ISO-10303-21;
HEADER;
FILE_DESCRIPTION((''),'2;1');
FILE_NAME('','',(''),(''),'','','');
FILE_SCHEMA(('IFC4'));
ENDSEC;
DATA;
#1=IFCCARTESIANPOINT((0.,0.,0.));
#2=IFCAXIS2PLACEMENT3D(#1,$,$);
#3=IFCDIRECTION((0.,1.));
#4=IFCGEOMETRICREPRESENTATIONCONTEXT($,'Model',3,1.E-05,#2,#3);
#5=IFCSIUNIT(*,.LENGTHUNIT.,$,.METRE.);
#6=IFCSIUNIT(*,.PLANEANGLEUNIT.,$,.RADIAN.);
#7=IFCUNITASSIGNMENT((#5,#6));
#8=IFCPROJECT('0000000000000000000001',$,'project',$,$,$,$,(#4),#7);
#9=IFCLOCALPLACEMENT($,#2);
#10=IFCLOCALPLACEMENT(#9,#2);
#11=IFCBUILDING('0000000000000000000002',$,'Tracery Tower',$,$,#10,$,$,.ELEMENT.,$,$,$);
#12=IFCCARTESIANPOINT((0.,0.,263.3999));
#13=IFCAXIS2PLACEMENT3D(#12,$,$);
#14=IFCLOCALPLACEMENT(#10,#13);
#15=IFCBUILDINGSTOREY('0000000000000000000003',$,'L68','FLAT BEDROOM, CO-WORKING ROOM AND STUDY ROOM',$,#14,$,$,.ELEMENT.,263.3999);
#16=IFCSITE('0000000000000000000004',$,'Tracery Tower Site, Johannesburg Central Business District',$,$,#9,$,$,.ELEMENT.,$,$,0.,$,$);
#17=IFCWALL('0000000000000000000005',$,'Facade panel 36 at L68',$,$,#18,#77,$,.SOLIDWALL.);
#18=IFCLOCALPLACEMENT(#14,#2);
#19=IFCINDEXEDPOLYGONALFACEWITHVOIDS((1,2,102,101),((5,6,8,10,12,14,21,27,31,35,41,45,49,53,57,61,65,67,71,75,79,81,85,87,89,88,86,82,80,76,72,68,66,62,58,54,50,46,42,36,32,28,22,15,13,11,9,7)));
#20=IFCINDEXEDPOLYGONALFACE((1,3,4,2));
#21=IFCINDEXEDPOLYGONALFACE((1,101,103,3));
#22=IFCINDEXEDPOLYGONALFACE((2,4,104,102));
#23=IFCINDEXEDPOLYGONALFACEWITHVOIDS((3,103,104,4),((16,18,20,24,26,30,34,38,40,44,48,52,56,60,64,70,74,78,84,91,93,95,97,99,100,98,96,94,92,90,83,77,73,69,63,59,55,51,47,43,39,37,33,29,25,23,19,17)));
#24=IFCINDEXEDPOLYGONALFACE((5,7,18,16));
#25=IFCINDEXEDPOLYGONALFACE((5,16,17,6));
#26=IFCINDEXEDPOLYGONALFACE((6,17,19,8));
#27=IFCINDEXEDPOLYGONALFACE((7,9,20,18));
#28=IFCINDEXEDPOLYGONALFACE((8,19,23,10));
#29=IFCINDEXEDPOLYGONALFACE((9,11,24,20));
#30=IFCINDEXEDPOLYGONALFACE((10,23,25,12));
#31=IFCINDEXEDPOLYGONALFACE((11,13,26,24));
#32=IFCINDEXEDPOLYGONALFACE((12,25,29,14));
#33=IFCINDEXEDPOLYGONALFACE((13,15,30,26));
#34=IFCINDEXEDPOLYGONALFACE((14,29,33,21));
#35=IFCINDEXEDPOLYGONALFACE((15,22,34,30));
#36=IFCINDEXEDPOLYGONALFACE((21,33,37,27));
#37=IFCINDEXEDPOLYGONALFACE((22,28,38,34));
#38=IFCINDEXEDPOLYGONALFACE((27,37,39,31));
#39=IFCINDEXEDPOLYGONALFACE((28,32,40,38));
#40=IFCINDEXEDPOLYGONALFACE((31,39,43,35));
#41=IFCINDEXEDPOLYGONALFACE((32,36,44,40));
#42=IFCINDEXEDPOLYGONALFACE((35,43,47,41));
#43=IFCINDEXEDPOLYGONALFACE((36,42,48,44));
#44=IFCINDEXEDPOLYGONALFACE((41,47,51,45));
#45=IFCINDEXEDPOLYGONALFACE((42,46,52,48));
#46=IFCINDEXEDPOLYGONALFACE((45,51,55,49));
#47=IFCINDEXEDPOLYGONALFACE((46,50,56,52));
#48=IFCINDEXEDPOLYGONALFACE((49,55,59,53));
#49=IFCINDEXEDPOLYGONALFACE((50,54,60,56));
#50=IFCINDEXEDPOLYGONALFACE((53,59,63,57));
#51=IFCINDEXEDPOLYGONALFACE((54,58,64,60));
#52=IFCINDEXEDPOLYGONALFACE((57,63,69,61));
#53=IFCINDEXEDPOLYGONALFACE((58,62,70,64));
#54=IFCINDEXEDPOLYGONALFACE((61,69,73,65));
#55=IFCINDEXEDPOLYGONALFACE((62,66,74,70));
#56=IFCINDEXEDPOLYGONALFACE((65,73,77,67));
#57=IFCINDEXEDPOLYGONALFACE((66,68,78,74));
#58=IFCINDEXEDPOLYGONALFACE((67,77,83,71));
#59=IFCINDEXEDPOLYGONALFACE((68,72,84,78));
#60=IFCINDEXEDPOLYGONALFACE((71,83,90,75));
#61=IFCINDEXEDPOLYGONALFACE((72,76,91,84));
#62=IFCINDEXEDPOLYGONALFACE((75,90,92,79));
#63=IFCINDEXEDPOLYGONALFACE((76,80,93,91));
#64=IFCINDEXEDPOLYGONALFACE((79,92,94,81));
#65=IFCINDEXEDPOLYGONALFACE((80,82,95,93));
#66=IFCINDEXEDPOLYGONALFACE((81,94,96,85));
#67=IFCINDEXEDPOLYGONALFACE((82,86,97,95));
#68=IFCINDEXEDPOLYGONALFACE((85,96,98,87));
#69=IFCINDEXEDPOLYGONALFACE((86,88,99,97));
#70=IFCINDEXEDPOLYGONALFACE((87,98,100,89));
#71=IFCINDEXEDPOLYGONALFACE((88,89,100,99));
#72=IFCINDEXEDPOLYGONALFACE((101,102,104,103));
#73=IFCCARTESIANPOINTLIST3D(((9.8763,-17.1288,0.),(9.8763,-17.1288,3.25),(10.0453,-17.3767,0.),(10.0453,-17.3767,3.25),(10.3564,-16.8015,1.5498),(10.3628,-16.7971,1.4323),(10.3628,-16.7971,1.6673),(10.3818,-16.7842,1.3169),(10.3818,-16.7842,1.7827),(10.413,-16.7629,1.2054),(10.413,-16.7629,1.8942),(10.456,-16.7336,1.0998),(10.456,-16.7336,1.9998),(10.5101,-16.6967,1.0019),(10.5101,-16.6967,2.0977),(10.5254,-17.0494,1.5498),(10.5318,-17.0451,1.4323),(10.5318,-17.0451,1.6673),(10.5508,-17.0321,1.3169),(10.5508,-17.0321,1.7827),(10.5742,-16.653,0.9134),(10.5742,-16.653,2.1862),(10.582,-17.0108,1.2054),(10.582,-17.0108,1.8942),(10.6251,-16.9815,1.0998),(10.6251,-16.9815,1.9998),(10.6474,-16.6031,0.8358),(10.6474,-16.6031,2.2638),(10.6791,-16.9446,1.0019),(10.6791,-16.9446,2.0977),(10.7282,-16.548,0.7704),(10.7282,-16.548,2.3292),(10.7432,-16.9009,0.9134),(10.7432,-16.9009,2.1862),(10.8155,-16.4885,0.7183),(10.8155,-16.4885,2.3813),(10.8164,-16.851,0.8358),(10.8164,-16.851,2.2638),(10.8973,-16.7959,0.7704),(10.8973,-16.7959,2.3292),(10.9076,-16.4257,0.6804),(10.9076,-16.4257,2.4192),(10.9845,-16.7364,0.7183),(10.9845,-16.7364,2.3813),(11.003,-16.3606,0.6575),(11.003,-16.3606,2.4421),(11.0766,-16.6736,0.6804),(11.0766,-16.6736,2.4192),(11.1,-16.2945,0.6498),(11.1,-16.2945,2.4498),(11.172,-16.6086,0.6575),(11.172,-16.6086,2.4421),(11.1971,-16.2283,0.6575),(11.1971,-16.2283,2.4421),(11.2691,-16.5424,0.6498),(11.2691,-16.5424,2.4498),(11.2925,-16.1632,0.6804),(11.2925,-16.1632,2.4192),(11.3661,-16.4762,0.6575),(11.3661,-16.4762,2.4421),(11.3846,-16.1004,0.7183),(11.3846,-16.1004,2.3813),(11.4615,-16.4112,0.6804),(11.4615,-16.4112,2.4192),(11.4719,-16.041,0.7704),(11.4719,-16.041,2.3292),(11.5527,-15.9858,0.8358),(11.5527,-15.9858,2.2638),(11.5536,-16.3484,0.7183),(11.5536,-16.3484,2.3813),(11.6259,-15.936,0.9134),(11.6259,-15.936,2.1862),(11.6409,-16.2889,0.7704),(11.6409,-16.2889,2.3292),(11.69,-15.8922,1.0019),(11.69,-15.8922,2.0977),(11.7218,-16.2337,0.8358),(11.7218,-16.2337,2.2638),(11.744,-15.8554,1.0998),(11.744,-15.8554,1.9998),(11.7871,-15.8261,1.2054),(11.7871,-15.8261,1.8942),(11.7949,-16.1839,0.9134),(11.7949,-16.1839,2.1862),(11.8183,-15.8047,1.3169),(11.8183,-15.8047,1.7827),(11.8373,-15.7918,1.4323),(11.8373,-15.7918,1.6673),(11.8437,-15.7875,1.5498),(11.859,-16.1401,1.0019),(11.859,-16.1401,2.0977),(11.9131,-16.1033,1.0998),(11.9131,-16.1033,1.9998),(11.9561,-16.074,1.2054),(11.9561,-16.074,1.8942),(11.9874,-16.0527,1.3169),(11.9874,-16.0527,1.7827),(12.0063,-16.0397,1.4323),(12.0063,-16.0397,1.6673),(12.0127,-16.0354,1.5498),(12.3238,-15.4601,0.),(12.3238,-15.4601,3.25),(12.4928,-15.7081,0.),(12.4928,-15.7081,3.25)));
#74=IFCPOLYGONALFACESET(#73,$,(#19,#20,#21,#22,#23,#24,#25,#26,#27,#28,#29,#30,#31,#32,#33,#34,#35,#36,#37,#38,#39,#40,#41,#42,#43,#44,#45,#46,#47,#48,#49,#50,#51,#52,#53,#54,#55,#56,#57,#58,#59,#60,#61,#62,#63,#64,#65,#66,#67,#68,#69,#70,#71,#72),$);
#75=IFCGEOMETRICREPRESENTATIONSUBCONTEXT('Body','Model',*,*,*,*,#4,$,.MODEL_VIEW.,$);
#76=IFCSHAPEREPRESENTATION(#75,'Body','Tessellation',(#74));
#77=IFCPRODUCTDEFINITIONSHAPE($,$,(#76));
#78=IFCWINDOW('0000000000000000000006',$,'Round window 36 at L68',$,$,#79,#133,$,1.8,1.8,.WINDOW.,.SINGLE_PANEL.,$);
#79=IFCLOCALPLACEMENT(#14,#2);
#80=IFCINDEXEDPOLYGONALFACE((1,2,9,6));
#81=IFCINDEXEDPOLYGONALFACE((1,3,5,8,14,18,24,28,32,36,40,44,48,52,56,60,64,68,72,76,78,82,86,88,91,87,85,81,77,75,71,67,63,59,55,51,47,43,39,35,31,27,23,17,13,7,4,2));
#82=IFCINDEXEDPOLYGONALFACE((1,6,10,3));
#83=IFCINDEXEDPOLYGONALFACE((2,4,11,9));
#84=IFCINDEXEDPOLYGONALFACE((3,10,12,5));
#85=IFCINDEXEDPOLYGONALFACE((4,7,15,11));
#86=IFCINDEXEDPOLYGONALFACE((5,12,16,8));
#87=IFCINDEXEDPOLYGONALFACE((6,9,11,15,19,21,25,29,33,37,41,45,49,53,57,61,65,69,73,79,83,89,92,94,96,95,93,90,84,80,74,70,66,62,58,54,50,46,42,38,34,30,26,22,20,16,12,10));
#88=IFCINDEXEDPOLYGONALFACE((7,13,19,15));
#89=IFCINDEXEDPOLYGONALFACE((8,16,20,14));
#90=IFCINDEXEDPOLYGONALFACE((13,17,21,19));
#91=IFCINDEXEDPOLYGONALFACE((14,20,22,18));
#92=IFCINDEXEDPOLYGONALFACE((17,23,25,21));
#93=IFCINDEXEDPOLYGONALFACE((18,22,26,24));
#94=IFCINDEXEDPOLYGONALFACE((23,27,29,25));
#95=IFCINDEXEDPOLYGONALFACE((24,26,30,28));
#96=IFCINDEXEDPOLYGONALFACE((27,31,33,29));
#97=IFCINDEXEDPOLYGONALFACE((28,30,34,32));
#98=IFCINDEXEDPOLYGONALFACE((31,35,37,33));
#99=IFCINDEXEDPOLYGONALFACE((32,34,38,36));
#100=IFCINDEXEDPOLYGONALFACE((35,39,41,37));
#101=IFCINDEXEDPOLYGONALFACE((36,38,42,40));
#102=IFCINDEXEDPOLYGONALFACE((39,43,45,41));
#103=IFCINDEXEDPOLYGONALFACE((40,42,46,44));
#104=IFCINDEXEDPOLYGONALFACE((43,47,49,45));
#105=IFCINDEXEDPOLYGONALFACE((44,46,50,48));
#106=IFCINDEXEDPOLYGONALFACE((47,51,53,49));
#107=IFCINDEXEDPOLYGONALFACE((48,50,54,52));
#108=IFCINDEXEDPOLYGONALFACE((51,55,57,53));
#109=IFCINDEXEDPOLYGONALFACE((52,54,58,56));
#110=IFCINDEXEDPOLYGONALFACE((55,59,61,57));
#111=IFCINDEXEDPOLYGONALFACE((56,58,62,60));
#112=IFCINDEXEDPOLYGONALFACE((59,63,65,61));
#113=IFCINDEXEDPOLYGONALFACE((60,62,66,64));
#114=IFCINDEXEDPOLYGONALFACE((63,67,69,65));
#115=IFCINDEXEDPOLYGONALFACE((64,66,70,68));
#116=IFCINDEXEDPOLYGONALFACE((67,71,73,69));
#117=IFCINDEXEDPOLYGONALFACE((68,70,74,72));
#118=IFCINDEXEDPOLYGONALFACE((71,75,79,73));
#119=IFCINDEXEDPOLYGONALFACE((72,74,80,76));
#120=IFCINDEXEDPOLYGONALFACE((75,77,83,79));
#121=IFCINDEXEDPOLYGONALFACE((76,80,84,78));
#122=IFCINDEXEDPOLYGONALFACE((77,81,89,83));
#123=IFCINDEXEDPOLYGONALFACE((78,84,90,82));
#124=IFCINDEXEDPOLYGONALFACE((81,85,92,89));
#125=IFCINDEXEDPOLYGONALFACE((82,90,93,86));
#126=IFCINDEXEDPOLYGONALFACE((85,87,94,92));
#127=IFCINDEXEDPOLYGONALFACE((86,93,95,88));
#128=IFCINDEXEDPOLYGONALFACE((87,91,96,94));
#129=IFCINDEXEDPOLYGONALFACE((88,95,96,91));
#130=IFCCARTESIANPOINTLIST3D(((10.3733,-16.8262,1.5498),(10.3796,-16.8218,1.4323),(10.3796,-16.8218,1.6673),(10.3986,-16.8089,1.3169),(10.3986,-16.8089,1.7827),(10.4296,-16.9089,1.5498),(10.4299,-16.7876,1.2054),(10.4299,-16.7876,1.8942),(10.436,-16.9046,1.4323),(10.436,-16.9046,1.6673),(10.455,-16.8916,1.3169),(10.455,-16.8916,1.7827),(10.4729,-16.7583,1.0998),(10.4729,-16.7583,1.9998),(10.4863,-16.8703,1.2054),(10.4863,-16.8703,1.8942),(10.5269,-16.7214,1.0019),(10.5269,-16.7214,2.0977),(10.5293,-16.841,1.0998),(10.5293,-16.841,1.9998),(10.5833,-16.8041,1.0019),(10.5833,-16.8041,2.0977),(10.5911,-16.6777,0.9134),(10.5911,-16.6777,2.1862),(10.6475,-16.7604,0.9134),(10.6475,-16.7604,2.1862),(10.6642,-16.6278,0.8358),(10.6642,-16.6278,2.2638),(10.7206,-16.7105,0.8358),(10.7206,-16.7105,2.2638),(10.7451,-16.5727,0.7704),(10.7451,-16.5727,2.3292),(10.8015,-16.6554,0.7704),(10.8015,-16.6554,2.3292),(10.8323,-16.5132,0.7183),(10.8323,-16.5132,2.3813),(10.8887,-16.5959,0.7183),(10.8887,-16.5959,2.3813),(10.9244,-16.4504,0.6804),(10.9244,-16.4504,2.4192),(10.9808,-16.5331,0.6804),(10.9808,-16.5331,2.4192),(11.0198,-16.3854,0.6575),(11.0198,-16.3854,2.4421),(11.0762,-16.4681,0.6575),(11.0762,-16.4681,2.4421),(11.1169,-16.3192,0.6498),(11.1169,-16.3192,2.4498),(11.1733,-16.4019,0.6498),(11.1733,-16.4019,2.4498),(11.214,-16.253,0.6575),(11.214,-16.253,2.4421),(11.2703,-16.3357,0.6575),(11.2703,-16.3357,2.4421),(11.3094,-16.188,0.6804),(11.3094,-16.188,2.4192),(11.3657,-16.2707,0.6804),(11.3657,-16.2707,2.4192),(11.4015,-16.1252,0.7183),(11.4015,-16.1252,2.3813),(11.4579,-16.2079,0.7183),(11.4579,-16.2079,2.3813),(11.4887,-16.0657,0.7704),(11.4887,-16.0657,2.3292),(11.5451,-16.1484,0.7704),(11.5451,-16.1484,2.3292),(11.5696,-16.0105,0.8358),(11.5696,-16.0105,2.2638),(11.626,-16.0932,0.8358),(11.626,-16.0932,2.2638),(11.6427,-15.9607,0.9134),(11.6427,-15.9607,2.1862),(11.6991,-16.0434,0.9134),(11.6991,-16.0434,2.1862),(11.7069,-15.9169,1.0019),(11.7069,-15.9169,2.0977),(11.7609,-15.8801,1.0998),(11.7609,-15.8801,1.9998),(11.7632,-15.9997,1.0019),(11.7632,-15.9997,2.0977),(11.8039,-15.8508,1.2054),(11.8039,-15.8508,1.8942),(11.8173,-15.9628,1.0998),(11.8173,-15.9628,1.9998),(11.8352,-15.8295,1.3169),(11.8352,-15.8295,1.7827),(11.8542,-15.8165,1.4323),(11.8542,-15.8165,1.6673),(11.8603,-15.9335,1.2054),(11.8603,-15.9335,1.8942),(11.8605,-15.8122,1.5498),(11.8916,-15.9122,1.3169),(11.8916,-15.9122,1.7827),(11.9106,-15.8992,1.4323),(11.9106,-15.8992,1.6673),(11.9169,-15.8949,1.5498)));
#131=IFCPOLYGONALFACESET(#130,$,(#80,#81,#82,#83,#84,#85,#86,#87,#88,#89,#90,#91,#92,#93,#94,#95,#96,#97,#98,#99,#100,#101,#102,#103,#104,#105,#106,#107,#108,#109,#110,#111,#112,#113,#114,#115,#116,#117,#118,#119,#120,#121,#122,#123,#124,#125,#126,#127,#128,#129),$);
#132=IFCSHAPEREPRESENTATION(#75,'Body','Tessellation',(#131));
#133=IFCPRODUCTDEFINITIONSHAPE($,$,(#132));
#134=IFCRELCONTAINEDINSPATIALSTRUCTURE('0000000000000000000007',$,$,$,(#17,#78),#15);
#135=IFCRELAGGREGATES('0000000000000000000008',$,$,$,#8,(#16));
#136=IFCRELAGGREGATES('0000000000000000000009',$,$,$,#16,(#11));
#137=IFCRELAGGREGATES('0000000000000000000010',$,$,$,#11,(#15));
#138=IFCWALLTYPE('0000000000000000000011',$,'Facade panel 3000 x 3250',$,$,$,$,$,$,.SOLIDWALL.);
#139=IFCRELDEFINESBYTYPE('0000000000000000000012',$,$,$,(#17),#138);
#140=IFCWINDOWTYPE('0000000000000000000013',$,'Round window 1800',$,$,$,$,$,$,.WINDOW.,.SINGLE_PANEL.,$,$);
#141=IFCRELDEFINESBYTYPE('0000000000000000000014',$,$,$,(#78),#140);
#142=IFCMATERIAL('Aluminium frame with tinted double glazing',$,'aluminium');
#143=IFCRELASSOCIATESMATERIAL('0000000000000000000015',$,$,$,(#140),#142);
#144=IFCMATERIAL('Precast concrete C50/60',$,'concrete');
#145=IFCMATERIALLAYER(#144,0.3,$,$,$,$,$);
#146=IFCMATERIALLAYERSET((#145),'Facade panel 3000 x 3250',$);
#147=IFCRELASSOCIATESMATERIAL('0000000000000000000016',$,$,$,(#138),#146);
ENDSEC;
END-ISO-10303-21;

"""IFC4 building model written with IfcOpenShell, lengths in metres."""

from ifc_helpers import new_model, si_unit, direction, frame, frame_2d, origin, origin_2d, place, context, subcontext, project, spatial, rectangle, circle, extrude, material, layer, layer_set, type_object, element, fill, save


model = new_model("IFC4")

# Units and contexts
model_context = context("Model", 3, precision=1e-05, world=origin(), true_north=direction((0.0, 1.0)))
body_context = subcontext(model_context, "Body", "Model", "MODEL_VIEW")
ifc_project = project(units=[si_unit("LENGTHUNIT", "METRE"), si_unit("PLANEANGLEUNIT", "RADIAN")], contexts=[model_context])

# Site, building, storey
site_placement = place(None, origin())
site = spatial("IfcSite", under=ifc_project, at=site_placement, Name="Tracery Tower Site, Johannesburg Central Business District", CompositionType="ELEMENT", RefElevation=0.0)
building_placement = place(site_placement, origin())
building = spatial("IfcBuilding", under=site, at=building_placement, Name="Tracery Tower", CompositionType="ELEMENT")
storey_placement = place(building_placement, frame((0.0, 0.0, 263.3999)))
storey = spatial("IfcBuildingStorey", under=building, at=storey_placement, Name="L68", Description="FLAT BEDROOM, CO-WORKING ROOM AND STUDY ROOM", CompositionType="ELEMENT", Elevation=263.3999)

# Wall, opening, window
ifc_material_1 = material(Name="Aluminium frame with tinted double glazing", Category="aluminium")
window_type = type_object("IfcWindowType", Name="Round window 1800", PartitioningType="SINGLE_PANEL", PredefinedType="WINDOW", material=ifc_material_1)
ifc_material_2 = material(Name="Precast concrete C50/60", Category="concrete")
ifc_layer_1 = layer(ifc_material_2, 0.3)
ifc_layer_set_1 = layer_set([ifc_layer_1], Name="Facade panel 3000 x 3250")
wall_type_1 = type_object("IfcWallType", Name="Facade panel 3000 x 3250", PredefinedType="SOLIDWALL", material=ifc_layer_set_1)
wall_1_placement = place(storey_placement, frame((9.9609, -17.2527, 0.0), z_axis=(0.0, 0.0, 1.0), x_axis=(0.826236, 0.563324, 0.0)))
wall_1 = element("IfcWall", 1, at=wall_1_placement, inside=storey, type_object=wall_type_1, Name="Facade panel 36 at L68", PredefinedType="SOLIDWALL", context=body_context, shape_type="SweptSolid", body=[
    extrude(rectangle(XDim=2.9622, YDim=0.3, at=frame_2d((1.481, 0.0))), origin(), (0.0, 0.0, 1.0), 3.25),
])
opening_1_placement = place(wall_1_placement, frame((1.481, 0.0, 1.5498)))
opening_1 = element("IfcOpeningElement", 2, at=opening_1_placement, cuts=wall_1, PredefinedType="OPENING", context=body_context, shape_type="SweptSolid", body=[
    extrude(circle(Radius=0.9, at=origin_2d()), frame((0.0, 0.1599, 0.0), z_axis=(0.0, -1.0, 0.0), x_axis=(1.0, 0.0, 0.0)), (0.0, 0.0, 1.0), 0.3201),
])
window_1_placement = place(opening_1_placement, origin())
window_1 = element("IfcWindow", 3, at=window_1_placement, inside=storey, type_object=window_type, Name="Round window 36 at L68", OverallHeight=1.8, OverallWidth=1.8, PartitioningType="SINGLE_PANEL", PredefinedType="WINDOW", context=body_context, shape_type="SweptSolid", body=[
    extrude(circle(Radius=0.9, at=origin_2d()), frame((0.0, 0.1201, 0.0), z_axis=(0.0, -1.0, 0.0), x_axis=(1.0, 0.0, 0.0)), (0.0, 0.0, 1.0), 0.1001),
])
fill(opening_1, window_1)

save(model, "model.ifc")
